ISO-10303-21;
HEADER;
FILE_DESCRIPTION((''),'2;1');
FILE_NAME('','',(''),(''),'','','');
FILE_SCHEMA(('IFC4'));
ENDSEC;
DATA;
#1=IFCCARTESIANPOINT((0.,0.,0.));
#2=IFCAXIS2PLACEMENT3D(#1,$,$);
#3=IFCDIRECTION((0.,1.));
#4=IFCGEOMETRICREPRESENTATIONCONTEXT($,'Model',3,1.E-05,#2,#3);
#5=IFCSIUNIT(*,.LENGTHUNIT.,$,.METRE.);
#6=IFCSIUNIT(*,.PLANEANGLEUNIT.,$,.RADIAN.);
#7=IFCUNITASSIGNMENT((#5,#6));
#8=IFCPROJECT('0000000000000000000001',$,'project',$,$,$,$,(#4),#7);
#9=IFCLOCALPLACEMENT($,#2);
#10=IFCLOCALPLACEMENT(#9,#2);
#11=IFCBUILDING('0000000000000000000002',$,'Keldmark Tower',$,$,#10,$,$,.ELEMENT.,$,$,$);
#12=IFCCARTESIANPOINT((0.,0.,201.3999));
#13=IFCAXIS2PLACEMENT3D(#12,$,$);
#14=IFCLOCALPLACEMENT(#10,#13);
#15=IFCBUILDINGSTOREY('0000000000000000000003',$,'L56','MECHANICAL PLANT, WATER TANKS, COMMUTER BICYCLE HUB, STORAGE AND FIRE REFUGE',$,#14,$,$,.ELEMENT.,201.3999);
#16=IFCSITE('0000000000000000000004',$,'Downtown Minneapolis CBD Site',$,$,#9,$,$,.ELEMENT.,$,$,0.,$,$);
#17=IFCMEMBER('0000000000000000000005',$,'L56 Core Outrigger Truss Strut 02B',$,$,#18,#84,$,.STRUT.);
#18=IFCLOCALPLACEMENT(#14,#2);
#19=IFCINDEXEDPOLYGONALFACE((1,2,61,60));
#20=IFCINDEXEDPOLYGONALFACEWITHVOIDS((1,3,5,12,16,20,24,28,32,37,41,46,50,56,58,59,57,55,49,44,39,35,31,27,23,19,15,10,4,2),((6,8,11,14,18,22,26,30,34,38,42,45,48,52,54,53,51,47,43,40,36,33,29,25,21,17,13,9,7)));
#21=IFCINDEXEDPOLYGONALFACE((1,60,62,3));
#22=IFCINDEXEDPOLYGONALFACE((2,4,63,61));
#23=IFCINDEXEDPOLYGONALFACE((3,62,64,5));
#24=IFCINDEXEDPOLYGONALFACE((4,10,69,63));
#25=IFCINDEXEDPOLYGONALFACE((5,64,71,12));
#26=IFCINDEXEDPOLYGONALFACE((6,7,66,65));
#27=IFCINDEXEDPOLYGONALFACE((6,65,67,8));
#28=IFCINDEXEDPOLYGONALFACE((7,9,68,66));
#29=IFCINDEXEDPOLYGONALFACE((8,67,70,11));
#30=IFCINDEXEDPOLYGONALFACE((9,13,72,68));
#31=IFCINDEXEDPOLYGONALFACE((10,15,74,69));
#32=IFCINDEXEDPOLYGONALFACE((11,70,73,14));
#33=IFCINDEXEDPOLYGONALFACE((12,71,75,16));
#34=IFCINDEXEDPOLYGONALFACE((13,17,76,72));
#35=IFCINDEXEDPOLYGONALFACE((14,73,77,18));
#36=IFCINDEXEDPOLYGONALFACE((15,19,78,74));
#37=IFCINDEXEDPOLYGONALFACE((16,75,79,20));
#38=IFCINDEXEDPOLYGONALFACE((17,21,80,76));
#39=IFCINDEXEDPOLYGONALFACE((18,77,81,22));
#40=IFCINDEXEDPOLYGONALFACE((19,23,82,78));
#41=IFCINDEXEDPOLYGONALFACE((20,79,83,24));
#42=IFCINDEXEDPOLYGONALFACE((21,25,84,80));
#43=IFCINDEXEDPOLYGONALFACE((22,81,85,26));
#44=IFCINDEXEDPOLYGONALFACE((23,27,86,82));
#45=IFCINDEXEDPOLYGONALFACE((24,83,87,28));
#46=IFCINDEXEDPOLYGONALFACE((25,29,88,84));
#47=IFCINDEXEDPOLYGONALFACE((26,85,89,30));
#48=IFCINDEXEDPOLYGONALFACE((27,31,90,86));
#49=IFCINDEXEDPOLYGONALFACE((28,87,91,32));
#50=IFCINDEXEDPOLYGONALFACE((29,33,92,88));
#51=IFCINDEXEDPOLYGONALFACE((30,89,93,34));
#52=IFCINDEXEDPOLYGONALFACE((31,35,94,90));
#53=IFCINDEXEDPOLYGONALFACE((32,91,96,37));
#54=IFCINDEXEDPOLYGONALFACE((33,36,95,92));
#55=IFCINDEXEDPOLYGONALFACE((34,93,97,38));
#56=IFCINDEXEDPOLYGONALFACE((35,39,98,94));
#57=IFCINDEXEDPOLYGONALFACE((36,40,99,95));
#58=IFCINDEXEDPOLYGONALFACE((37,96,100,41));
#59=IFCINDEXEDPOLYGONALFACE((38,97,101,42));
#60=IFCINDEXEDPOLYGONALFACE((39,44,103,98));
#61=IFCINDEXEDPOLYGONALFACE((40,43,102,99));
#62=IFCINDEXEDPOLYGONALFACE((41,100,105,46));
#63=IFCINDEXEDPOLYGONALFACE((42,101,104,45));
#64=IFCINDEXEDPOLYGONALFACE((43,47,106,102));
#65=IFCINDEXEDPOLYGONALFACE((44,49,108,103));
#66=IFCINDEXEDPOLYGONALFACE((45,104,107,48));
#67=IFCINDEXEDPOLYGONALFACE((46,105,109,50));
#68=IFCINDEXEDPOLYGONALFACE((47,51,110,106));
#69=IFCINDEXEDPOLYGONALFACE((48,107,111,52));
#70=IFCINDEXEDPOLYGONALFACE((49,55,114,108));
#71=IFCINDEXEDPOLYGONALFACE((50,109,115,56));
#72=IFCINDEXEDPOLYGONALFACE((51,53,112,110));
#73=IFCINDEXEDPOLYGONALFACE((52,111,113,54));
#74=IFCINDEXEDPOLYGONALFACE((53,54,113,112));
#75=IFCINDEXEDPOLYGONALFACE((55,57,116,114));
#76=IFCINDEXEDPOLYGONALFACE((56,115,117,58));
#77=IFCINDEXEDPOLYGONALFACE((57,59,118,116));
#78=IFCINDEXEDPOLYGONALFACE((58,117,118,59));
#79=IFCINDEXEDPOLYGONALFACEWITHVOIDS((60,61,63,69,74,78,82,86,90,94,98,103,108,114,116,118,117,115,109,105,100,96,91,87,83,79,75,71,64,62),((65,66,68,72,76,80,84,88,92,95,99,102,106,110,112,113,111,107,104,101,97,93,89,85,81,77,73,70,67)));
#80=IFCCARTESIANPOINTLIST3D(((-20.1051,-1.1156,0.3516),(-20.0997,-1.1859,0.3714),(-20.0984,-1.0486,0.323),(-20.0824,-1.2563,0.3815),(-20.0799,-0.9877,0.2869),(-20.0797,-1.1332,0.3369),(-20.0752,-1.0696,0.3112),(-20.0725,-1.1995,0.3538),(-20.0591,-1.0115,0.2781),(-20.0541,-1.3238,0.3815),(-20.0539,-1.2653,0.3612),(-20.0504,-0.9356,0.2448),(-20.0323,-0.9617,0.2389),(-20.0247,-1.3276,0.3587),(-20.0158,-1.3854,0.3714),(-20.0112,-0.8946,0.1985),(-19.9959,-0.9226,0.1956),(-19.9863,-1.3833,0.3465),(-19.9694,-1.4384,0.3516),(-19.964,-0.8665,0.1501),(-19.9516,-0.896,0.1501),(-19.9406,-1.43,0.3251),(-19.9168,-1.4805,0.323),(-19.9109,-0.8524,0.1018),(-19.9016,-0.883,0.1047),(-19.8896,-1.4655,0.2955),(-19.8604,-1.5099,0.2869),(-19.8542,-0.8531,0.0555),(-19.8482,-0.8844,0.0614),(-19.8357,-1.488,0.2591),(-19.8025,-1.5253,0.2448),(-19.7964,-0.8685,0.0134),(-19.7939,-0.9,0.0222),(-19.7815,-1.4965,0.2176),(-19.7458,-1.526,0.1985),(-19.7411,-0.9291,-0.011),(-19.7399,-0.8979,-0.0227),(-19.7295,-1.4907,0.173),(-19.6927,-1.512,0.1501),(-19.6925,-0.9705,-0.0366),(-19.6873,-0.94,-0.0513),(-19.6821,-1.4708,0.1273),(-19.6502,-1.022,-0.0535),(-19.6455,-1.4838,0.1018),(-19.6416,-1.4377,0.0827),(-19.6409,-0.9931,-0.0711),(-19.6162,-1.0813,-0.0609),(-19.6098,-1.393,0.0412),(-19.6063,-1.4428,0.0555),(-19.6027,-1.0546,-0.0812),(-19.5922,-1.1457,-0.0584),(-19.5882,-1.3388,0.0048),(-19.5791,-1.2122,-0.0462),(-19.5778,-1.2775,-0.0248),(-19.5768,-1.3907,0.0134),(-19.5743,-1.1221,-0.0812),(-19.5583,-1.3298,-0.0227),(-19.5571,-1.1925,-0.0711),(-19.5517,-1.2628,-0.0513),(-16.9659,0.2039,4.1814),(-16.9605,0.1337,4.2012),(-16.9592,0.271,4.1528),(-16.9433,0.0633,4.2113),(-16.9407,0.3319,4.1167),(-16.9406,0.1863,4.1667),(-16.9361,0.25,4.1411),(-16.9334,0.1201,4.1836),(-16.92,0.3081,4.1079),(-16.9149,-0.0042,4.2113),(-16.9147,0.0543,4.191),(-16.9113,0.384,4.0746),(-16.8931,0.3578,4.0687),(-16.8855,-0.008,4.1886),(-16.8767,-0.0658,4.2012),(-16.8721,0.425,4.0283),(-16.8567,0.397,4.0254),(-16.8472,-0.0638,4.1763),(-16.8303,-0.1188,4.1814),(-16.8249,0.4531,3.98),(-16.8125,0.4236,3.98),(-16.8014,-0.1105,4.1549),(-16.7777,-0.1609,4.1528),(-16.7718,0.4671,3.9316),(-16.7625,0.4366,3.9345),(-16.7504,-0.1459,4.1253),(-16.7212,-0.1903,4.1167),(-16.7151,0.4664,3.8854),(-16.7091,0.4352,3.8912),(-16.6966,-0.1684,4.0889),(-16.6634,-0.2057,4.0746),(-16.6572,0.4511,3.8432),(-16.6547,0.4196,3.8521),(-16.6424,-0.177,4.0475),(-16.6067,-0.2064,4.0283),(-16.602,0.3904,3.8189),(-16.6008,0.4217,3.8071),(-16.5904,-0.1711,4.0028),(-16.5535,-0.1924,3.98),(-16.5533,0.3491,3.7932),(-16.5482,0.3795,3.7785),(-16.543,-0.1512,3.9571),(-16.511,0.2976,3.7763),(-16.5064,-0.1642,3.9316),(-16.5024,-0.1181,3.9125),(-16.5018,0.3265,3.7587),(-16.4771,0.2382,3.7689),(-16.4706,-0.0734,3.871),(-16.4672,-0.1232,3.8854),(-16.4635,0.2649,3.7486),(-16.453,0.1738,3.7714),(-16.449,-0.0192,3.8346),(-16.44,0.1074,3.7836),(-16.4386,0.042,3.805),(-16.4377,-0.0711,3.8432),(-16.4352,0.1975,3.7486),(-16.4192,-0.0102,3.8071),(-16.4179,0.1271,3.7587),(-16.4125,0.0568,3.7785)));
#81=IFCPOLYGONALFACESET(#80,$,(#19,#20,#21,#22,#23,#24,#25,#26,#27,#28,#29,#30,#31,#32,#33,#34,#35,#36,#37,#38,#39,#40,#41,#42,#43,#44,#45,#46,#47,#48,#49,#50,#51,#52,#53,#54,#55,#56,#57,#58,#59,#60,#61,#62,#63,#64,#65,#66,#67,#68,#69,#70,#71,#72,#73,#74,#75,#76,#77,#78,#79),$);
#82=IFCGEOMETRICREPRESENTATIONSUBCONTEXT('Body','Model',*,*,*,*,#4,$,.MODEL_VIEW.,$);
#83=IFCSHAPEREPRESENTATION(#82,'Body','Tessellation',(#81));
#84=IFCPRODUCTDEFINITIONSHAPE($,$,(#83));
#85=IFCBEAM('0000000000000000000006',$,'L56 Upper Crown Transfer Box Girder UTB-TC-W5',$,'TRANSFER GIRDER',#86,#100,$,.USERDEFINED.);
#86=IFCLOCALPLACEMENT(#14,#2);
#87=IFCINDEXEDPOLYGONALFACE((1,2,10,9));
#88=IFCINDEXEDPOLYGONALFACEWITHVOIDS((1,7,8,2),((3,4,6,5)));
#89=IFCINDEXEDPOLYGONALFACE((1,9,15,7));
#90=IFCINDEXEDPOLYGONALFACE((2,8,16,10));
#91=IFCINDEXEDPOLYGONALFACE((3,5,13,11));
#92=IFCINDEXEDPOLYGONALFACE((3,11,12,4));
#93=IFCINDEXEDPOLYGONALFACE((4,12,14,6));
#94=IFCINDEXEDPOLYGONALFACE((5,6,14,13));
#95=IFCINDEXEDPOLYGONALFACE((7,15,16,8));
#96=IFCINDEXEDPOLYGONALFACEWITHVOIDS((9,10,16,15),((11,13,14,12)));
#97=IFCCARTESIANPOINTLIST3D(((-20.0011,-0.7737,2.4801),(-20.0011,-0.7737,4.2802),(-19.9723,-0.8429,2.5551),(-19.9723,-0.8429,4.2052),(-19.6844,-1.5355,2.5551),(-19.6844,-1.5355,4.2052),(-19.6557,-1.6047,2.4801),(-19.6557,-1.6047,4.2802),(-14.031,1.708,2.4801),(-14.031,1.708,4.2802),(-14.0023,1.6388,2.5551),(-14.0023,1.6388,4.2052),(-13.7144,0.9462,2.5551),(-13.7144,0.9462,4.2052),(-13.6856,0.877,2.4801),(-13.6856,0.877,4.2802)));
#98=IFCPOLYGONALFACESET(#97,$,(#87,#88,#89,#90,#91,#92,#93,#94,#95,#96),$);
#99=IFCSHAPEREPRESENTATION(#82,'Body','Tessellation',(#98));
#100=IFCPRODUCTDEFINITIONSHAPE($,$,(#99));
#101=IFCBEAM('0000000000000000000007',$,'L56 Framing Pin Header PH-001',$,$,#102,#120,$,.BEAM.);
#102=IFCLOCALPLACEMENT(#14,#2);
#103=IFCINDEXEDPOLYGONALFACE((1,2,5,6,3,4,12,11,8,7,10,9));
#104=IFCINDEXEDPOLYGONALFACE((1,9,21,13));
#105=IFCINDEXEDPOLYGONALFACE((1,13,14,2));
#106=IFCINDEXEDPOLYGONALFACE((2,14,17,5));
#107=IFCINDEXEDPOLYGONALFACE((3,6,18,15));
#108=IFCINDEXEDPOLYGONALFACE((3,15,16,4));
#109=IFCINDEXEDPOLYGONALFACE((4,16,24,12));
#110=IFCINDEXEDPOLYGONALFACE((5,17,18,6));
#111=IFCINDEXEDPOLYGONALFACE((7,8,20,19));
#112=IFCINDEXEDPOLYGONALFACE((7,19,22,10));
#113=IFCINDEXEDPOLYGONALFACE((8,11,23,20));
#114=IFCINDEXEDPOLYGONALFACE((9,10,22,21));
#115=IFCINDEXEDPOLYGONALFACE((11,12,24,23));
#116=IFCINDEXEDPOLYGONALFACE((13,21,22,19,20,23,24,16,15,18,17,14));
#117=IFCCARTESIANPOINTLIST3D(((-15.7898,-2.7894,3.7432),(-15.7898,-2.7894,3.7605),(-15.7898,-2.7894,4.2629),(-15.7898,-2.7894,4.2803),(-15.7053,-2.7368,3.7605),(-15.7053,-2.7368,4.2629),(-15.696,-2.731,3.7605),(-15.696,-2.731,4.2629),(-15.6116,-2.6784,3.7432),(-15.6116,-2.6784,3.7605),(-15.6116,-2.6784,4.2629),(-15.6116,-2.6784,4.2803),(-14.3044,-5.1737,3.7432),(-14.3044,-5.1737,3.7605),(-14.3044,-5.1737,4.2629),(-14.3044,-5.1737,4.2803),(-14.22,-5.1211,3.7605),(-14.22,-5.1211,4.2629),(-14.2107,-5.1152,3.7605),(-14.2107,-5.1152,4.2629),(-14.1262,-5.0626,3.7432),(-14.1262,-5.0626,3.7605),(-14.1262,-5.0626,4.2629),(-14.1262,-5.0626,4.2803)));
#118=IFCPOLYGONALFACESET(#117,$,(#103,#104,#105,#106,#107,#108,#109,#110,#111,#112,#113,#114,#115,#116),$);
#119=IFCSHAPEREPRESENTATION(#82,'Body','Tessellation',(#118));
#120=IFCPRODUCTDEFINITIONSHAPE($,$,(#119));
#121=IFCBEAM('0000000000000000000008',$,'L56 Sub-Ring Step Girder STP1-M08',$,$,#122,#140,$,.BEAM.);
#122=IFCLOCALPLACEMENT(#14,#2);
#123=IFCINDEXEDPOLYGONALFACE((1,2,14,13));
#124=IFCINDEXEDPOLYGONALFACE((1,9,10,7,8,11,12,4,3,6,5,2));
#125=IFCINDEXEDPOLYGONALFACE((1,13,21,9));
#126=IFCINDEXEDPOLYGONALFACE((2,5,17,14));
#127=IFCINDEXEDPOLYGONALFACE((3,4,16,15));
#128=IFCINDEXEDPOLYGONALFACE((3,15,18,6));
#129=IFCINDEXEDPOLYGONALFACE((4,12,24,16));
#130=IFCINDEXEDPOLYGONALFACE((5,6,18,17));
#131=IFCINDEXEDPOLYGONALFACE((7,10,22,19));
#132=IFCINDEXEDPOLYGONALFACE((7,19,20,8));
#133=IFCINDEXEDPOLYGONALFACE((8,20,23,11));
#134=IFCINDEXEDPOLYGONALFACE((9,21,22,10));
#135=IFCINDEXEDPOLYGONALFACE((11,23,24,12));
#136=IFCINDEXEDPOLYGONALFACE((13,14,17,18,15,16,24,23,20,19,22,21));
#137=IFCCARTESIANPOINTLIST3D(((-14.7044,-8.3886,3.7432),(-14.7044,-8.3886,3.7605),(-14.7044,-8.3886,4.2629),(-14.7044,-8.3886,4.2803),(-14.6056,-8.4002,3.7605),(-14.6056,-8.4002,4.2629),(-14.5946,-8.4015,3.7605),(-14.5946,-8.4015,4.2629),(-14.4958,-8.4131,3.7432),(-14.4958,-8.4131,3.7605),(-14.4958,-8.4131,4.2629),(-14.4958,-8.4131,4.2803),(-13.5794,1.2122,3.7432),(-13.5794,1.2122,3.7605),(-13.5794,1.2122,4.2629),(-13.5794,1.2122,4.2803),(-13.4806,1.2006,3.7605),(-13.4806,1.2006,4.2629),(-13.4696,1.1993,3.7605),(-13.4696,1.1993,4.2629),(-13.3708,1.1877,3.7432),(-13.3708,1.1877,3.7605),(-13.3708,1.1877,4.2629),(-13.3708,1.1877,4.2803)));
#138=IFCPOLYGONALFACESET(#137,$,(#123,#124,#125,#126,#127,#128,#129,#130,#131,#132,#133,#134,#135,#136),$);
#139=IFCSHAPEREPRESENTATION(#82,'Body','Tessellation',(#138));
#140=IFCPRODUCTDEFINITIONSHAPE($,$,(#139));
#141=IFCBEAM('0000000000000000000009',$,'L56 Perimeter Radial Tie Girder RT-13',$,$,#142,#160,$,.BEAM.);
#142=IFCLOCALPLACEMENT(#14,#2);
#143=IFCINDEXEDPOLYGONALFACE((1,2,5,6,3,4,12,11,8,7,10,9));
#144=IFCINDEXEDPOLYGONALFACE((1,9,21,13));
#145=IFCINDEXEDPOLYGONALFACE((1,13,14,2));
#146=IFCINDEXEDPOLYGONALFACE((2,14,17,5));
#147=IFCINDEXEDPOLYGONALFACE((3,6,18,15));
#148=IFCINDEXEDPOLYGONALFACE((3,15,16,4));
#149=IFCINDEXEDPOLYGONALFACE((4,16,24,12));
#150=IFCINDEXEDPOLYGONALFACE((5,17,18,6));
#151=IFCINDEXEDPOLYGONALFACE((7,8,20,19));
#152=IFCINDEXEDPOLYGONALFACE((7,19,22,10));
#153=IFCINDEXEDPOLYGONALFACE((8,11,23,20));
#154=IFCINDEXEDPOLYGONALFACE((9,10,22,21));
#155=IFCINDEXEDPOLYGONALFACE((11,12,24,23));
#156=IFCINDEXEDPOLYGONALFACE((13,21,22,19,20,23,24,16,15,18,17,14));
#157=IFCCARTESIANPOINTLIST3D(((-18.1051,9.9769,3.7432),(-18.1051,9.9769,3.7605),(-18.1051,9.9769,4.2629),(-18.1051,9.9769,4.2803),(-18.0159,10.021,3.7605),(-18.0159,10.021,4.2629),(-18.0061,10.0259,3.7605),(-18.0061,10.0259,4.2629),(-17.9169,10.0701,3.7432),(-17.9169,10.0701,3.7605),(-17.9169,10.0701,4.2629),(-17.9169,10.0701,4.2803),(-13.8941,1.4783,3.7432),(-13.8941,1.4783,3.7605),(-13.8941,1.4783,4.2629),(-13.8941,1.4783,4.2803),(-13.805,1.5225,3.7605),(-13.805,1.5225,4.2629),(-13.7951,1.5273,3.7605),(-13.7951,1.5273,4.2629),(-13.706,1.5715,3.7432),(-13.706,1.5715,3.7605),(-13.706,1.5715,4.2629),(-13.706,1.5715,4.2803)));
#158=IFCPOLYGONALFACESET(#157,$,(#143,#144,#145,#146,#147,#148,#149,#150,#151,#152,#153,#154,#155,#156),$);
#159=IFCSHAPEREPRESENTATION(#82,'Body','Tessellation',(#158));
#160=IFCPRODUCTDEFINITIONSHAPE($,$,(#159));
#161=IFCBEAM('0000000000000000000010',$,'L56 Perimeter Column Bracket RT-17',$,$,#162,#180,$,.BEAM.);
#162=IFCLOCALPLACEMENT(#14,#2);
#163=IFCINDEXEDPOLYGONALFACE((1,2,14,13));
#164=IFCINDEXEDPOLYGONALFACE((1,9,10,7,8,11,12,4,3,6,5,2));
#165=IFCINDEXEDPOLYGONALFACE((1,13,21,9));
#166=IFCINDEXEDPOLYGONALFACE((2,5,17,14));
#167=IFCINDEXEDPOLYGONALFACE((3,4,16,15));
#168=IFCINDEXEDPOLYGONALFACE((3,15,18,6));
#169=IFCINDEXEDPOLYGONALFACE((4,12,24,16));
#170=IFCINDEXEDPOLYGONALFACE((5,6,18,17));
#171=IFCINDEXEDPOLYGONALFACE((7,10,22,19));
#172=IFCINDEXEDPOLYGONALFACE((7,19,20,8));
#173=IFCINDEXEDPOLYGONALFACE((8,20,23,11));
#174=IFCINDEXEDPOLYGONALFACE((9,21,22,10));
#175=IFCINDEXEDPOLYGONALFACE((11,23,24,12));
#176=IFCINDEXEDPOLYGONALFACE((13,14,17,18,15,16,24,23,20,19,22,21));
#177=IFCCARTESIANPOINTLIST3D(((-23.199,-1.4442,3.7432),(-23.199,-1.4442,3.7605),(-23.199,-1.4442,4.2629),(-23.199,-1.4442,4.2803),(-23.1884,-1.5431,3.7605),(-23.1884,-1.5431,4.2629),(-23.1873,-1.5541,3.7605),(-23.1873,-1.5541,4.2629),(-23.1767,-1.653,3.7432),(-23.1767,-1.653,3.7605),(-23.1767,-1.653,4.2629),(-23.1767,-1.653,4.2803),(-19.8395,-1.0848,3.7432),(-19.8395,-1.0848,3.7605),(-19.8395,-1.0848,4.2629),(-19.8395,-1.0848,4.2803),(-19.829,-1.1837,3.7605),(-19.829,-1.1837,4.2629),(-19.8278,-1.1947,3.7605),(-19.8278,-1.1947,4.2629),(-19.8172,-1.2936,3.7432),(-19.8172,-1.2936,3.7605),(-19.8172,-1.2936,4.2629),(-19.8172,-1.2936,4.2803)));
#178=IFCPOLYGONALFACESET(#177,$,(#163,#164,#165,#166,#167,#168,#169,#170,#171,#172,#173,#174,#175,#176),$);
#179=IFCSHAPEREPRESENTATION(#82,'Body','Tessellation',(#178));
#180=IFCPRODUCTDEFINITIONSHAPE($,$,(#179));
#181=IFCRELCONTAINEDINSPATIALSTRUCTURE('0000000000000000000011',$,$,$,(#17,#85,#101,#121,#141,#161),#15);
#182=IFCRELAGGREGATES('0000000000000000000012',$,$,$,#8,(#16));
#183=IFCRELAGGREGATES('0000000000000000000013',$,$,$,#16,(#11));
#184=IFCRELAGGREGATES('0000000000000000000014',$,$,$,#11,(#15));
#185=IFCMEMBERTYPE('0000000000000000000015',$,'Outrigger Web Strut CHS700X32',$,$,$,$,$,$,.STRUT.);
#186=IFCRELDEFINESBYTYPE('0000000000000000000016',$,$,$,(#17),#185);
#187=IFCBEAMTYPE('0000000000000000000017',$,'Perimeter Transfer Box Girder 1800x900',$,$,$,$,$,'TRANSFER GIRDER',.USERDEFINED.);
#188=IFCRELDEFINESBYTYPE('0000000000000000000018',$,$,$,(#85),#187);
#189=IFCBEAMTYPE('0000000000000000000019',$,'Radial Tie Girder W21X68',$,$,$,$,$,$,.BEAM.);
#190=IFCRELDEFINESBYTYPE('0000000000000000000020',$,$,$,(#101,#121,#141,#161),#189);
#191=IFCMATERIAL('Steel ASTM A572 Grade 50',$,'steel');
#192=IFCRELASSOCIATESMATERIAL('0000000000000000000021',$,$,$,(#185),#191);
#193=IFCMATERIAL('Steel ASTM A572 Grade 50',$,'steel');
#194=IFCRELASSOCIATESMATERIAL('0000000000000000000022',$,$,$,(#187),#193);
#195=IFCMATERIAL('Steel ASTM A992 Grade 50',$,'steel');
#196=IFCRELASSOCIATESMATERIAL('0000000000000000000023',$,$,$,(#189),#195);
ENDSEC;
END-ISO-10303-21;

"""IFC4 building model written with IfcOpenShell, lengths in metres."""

from ifc_helpers import new_model, si_unit, direction, frame, origin, origin_2d, place, context, subcontext, project, spatial, hollow_rectangle, hollow_circle, i_section, extrude, material, material_profile, profile_set, type_object, element, save


model = new_model("IFC4")

# Units and contexts
model_context = context("Model", 3, precision=1e-05, world=origin(), true_north=direction((0.0, 1.0)))
body_context = subcontext(model_context, "Body", "Model", "MODEL_VIEW")
ifc_project = project(units=[si_unit("LENGTHUNIT", "METRE"), si_unit("PLANEANGLEUNIT", "RADIAN")], contexts=[model_context])

# Site, building, storey
site_placement = place(None, origin())
site = spatial("IfcSite", under=ifc_project, at=site_placement, Name="Downtown Minneapolis CBD Site", CompositionType="ELEMENT", RefElevation=0.0)
building_placement = place(site_placement, origin())
building = spatial("IfcBuilding", under=site, at=building_placement, Name="Keldmark Tower", CompositionType="ELEMENT")
storey_placement = place(building_placement, frame((0.0, 0.0, 201.3999)))
storey = spatial("IfcBuildingStorey", under=building, at=storey_placement, Name="L56", Description="MECHANICAL PLANT, WATER TANKS, COMMUTER BICYCLE HUB, STORAGE AND FIRE REFUGE", CompositionType="ELEMENT", Elevation=201.3999)

# Member
ifc_material_1 = material(Name="Steel ASTM A572 Grade 50", Category="steel")
ifc_material_profile_1 = material_profile(ifc_material_1, hollow_circle(Radius=0.3501, WallThickness=0.032, at=origin_2d()), Name="CHS700X32")
ifc_profile_set_1 = profile_set([ifc_material_profile_1], Name="Steel ASTM A572 Grade 50")
member_type_1 = type_object("IfcMemberType", Name="Outrigger Web Strut CHS700X32", PredefinedType="STRUT", material=ifc_profile_set_1)
for number, where, z_axis, x_axis, name in (
    (1, (-19.8284, -1.1892, 0.1501), (0.612547, 0.257491, 0.747319), (-0.387515, 0.921863, 0.0), "L56 Core Outrigger Truss Strut 02B"),
):
    element("IfcMember", number, at=place(storey_placement, frame(where, z_axis=z_axis, x_axis=x_axis)), inside=storey, type_object=member_type_1, Name=name, PredefinedType="STRUT", context=body_context, shape_type="SweptSolid", body=[
        extrude(hollow_circle(Radius=0.3501, WallThickness=0.032, at=origin_2d()), origin(), (0.0, 0.0, 1.0), 5.1248),
    ])

# Beams
ifc_material_2 = material(Name="Steel ASTM A572 Grade 50", Category="steel")
ifc_material_profile_2 = material_profile(ifc_material_2, hollow_rectangle(XDim=0.8999, YDim=1.8, WallThickness=0.075, at=origin_2d()), Name="TBOX1800X900X75")
ifc_profile_set_2 = profile_set([ifc_material_profile_2], Name="Steel ASTM A572 Grade 50")
beam_type_1 = type_object("IfcBeamType", Name="Perimeter Transfer Box Girder 1800x900", ElementType="TRANSFER GIRDER", PredefinedType="USERDEFINED", material=ifc_profile_set_2)
beam_1_placement = place(storey_placement, frame((-19.8284, -1.1892, 3.3801), z_axis=(0.923395, 0.383851, 0.0), x_axis=(-0.383851, 0.923395, 0.0)))
element("IfcBeam", 2, at=beam_1_placement, inside=storey, type_object=beam_type_1, Name="L56 Upper Crown Transfer Box Girder UTB-TC-W5", ObjectType="TRANSFER GIRDER", PredefinedType="USERDEFINED", context=body_context, shape_type="SweptSolid", body=[
    extrude(hollow_rectangle(XDim=0.8999, YDim=1.8, WallThickness=0.075, at=origin_2d()), origin(), (0.0, 0.0, 1.0), 6.4653),
])
ifc_material_3 = material(Name="Steel ASTM A992 Grade 50", Category="steel")
ifc_material_profile_3 = material_profile(ifc_material_3, i_section(OverallWidth=0.21, OverallDepth=0.5371, WebThickness=0.011, FlangeThickness=0.0173, at=origin_2d()), Name="W21X68")
ifc_profile_set_3 = profile_set([ifc_material_profile_3], Name="Steel ASTM A992 Grade 50")
beam_type_2 = type_object("IfcBeamType", Name="Radial Tie Girder W21X68", PredefinedType="BEAM", material=ifc_profile_set_3)
beam_2_placement = place(storey_placement, frame((-15.7007, -2.7339, 4.0117), z_axis=(0.528764, -0.848769, 0.0), x_axis=(0.848769, 0.528764, 0.0)))
element("IfcBeam", 3, at=beam_2_placement, inside=storey, type_object=beam_type_2, Name="L56 Framing Pin Header PH-001", PredefinedType="BEAM", context=body_context, shape_type="SweptSolid", body=[
    extrude(i_section(OverallWidth=0.21, OverallDepth=0.5371, WebThickness=0.011, FlangeThickness=0.0173, at=origin_2d()), origin(), (0.0, 0.0, 1.0), 2.8091),
])
beam_3_placement = place(storey_placement, frame((-13.4751, 1.2, 4.0117), z_axis=(-0.116381, -0.993205, 0.0), x_axis=(0.993205, -0.116381, 0.0)))
element("IfcBeam", 4, at=beam_3_placement, inside=storey, type_object=beam_type_2, Name="L56 Sub-Ring Step Girder STP1-M08", PredefinedType="BEAM", context=body_context, shape_type="SweptSolid", body=[
    extrude(i_section(OverallWidth=0.21, OverallDepth=0.5371, WebThickness=0.011, FlangeThickness=0.0173, at=origin_2d()), origin(), (0.0, 0.0, 1.0), 9.6665),
])
beam_4_placement = place(storey_placement, frame((-13.8, 1.5249, 4.0117), z_axis=(-0.443978, 0.896038, 0.0), x_axis=(-0.896038, -0.443978, 0.0)))
element("IfcBeam", 5, at=beam_4_placement, inside=storey, type_object=beam_type_2, Name="L56 Perimeter Radial Tie Girder RT-13", PredefinedType="BEAM", context=body_context, shape_type="SweptSolid", body=[
    extrude(i_section(OverallWidth=0.21, OverallDepth=0.5371, WebThickness=0.011, FlangeThickness=0.0173, at=origin_2d()), origin(), (0.0, 0.0, 1.0), 9.4846),
])
beam_5_placement = place(storey_placement, frame((-19.8284, -1.1892, 4.0117), z_axis=(-0.994327, -0.10637, 0.0), x_axis=(0.10637, -0.994327, 0.0)))
element("IfcBeam", 6, at=beam_5_placement, inside=storey, type_object=beam_type_2, Name="L56 Perimeter Column Bracket RT-17", PredefinedType="BEAM", context=body_context, shape_type="SweptSolid", body=[
    extrude(i_section(OverallWidth=0.21, OverallDepth=0.5371, WebThickness=0.011, FlangeThickness=0.0173, at=origin_2d()), origin(), (0.0, 0.0, 1.0), 3.3787),
])

save(model, "model.ifc")
